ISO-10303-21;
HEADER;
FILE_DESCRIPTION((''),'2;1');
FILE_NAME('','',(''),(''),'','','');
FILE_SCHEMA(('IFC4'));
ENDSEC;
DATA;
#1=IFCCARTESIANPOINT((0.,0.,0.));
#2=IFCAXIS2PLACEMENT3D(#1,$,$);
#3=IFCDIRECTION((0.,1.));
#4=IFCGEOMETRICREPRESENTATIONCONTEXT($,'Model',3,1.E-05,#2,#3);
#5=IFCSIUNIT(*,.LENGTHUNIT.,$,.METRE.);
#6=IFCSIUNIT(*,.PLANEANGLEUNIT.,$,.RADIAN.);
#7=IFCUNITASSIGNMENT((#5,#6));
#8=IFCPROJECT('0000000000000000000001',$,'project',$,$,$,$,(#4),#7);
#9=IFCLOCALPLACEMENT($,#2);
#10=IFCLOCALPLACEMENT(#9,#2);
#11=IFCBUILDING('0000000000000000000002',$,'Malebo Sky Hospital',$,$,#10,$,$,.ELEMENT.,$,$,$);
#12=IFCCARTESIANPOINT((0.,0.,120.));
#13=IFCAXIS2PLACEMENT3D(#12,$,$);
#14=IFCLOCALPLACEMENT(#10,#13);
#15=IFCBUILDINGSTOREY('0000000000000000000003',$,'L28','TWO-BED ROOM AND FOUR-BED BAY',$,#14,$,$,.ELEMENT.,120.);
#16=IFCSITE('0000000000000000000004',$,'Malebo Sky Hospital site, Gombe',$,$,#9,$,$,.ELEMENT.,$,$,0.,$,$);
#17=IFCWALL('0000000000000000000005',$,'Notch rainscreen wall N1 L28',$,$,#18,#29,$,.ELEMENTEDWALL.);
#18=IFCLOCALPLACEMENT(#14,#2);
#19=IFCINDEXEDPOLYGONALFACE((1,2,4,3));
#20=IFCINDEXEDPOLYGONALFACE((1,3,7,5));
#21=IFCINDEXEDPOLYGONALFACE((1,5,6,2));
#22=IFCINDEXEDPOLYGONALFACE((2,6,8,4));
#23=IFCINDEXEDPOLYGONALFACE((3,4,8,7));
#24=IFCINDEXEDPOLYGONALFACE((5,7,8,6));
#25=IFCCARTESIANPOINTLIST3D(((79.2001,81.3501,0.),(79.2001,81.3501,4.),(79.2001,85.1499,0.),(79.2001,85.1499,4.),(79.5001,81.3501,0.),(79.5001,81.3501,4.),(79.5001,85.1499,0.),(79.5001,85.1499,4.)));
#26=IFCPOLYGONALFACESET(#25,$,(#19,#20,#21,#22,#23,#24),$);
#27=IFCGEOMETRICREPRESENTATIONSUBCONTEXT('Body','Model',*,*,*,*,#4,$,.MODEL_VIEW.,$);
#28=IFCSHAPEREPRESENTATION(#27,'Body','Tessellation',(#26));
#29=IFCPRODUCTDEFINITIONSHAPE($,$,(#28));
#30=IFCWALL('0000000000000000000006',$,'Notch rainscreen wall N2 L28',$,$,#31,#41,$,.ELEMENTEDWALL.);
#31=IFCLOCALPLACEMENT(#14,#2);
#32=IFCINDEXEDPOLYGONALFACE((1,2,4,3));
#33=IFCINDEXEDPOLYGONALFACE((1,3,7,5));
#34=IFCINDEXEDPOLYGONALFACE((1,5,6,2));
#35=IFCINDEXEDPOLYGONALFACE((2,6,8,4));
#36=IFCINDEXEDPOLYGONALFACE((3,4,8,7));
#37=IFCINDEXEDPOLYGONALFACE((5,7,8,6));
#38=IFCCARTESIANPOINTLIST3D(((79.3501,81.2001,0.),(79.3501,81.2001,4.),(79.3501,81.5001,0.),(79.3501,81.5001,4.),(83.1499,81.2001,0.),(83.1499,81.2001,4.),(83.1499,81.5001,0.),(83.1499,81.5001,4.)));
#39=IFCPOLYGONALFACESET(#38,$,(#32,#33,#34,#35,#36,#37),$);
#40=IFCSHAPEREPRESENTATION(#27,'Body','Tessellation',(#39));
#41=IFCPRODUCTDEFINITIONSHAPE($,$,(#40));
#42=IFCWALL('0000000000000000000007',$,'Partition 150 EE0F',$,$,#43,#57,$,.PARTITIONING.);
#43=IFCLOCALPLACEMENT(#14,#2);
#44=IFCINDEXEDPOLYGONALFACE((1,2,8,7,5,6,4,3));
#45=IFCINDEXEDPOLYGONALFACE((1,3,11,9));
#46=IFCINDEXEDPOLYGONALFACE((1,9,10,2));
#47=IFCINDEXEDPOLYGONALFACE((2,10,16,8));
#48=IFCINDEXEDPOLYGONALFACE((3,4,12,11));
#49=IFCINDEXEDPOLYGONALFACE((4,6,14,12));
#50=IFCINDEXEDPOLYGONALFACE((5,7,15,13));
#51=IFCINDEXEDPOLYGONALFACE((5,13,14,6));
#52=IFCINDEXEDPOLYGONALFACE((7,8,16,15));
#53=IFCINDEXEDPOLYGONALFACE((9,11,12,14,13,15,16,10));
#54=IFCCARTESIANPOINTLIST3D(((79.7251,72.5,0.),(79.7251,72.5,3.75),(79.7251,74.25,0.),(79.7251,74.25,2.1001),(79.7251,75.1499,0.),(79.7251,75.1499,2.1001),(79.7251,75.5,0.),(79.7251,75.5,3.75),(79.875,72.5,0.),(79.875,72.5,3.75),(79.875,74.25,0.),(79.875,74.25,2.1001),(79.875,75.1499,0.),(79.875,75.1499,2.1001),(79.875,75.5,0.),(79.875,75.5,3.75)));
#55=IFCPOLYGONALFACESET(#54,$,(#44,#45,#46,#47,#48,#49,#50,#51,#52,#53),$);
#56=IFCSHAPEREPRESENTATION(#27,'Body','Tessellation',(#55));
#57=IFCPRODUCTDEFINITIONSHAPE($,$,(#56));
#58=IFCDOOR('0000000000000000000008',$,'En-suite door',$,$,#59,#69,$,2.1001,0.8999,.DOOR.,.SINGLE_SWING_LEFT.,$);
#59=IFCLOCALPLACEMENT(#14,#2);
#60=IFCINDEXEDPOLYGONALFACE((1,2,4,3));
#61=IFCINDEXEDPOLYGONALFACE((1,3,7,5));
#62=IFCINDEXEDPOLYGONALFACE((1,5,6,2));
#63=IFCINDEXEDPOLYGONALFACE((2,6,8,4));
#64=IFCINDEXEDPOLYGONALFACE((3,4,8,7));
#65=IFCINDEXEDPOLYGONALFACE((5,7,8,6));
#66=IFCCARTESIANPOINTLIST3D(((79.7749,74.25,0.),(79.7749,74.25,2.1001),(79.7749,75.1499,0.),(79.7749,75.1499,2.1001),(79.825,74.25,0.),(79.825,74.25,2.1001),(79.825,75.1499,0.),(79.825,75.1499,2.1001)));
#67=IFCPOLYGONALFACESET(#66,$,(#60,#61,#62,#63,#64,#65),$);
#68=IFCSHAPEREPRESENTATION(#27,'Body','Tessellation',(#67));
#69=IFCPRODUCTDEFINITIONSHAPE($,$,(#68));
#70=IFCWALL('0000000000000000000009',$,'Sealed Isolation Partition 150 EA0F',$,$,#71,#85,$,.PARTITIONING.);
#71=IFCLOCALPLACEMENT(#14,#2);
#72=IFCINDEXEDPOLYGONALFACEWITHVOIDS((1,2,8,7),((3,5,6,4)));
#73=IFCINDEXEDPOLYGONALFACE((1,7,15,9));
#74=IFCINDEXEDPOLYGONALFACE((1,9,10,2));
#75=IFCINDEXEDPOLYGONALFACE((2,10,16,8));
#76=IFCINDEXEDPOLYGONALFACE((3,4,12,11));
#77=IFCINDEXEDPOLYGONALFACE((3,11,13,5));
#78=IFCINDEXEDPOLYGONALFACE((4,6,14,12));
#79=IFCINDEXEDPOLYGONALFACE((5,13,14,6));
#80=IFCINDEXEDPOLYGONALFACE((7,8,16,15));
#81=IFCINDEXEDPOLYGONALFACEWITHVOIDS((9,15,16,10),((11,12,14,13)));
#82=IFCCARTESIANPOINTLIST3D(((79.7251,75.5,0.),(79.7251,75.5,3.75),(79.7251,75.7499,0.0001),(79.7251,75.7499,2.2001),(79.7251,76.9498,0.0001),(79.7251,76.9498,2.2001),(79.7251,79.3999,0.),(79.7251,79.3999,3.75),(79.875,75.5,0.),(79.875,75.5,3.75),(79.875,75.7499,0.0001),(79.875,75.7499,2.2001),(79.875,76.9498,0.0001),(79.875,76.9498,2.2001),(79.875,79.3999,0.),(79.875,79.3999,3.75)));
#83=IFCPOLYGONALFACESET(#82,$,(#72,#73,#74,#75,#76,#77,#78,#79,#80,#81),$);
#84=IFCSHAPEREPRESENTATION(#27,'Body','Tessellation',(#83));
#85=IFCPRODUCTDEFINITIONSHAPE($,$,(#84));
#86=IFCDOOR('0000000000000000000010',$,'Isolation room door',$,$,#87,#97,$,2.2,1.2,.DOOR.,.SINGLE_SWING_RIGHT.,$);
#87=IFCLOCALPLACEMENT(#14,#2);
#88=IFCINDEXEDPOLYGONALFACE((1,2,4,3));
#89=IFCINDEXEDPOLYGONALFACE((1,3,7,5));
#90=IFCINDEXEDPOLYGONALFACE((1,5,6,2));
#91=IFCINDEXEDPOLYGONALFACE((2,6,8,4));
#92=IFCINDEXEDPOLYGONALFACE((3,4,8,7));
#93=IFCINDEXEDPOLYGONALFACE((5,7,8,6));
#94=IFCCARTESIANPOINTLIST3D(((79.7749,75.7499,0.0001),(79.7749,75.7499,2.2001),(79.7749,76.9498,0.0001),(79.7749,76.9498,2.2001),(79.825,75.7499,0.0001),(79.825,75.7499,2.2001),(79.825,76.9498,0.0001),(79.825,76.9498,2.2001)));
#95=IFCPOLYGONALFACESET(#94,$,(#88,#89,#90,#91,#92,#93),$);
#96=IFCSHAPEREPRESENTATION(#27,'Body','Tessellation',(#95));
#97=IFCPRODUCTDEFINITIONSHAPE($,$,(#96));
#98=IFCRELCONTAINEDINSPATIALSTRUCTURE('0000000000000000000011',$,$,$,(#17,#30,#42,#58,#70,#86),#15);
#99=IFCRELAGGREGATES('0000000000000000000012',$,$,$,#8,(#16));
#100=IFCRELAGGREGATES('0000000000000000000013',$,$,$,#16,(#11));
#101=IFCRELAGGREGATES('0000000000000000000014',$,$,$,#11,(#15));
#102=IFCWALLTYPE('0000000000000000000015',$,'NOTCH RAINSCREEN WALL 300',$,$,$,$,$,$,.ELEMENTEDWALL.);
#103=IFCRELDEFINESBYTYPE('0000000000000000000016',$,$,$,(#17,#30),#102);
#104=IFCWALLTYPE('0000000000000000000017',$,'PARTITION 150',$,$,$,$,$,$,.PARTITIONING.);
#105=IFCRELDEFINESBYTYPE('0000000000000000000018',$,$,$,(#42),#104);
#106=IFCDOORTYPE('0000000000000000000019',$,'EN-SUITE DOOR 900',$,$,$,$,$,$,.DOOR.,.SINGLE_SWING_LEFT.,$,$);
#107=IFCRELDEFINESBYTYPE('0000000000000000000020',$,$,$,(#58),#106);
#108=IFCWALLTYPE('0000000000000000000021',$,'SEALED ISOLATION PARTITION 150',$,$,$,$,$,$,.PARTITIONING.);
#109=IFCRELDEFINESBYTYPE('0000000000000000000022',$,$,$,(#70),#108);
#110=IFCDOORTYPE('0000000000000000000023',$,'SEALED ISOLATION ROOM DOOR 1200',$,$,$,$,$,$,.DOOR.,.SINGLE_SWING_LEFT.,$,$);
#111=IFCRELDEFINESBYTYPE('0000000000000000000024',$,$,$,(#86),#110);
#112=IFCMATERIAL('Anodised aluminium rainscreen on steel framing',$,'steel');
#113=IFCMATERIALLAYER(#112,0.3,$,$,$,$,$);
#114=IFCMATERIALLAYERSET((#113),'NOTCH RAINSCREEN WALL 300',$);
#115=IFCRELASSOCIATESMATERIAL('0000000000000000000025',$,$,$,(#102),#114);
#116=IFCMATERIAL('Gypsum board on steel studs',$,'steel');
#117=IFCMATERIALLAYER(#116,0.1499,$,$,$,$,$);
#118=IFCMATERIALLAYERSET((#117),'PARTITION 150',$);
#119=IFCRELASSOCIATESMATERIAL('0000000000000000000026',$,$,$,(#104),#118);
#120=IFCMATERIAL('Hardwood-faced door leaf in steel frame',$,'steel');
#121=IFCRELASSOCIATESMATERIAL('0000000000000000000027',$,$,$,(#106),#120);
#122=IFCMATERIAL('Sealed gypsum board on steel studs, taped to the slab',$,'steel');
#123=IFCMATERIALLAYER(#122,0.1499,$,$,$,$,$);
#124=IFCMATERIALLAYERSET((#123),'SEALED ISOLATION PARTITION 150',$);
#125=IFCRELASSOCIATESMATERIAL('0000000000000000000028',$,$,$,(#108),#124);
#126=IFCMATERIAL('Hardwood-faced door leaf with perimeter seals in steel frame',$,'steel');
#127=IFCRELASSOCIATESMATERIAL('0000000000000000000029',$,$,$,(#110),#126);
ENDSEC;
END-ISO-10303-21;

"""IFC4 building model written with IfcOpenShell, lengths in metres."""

from ifc_helpers import new_model, si_unit, direction, frame, frame_2d, origin, place, context, subcontext, project, spatial, rectangle, extrude, material, layer, layer_set, type_object, element, fill, save


model = new_model("IFC4")

# Units and contexts
model_context = context("Model", 3, precision=1e-05, world=origin(), true_north=direction((0.0, 1.0)))
body_context = subcontext(model_context, "Body", "Model", "MODEL_VIEW")
ifc_project = project(units=[si_unit("LENGTHUNIT", "METRE"), si_unit("PLANEANGLEUNIT", "RADIAN")], contexts=[model_context])

# Site, building, storey
site_placement = place(None, origin())
site = spatial("IfcSite", under=ifc_project, at=site_placement, Name="Malebo Sky Hospital site, Gombe", CompositionType="ELEMENT", RefElevation=0.0)
building_placement = place(site_placement, origin())
building = spatial("IfcBuilding", under=site, at=building_placement, Name="Malebo Sky Hospital", CompositionType="ELEMENT")
storey_placement = place(building_placement, frame((0.0, 0.0, 120.0)))
storey = spatial("IfcBuildingStorey", under=building, at=storey_placement, Name="L28", Description="TWO-BED ROOM AND FOUR-BED BAY", CompositionType="ELEMENT", Elevation=120.0)

# Walls
ifc_material_1 = material(Name="Anodised aluminium rainscreen on steel framing", Category="steel")
ifc_layer_1 = layer(ifc_material_1, 0.3)
ifc_layer_set_1 = layer_set([ifc_layer_1], Name="NOTCH RAINSCREEN WALL 300")
wall_type_1 = type_object("IfcWallType", Name="NOTCH RAINSCREEN WALL 300", PredefinedType="ELEMENTEDWALL", material=ifc_layer_set_1)
for number, where, z_axis, x_axis, name in (
    (1, (79.3501, 85.1499, 0.0), (0.0, 0.0, 1.0), (0.0, -1.0, 0.0), "Notch rainscreen wall N1 L28"),
    (2, (79.3501, 81.3501, 0.0), (0.0, 0.0, 1.0), (1.0, 0.0, 0.0), "Notch rainscreen wall N2 L28"),
):
    element("IfcWall", number, at=place(storey_placement, frame(where, z_axis=z_axis, x_axis=x_axis)), inside=storey, type_object=wall_type_1, Name=name, PredefinedType="ELEMENTEDWALL", context=body_context, shape_type="SweptSolid", body=[
        extrude(rectangle(XDim=3.7998, YDim=0.3, at=frame_2d((1.8999, 0.0))), origin(), (0.0, 0.0, 1.0), 4.0),
    ])

# Walls, openings, doors
ifc_material_2 = material(Name="Gypsum board on steel studs", Category="steel")
ifc_layer_2 = layer(ifc_material_2, 0.1499)
ifc_layer_set_2 = layer_set([ifc_layer_2], Name="PARTITION 150")
wall_type_2 = type_object("IfcWallType", Name="PARTITION 150", PredefinedType="PARTITIONING", material=ifc_layer_set_2)
wall_1_placement = place(storey_placement, frame((79.8, 75.5, 0.0), z_axis=(0.0, 0.0, 1.0), x_axis=(0.0, -1.0, 0.0)))
wall_1 = element("IfcWall", 3, at=wall_1_placement, inside=storey, type_object=wall_type_2, Name="Partition 150 EE0F", PredefinedType="PARTITIONING", context=body_context, shape_type="SweptSolid", body=[
    extrude(rectangle(XDim=3.0, YDim=0.1499, at=frame_2d((1.5, 0.0))), origin(), (0.0, 0.0, 1.0), 3.75),
])
opening_1_placement = place(wall_1_placement, frame((0.3501, 0.0, 0.0)))
opening_1 = element("IfcOpeningElement", 4, at=opening_1_placement, cuts=wall_1, PredefinedType="OPENING", context=body_context, shape_type="SweptSolid", body=[
    extrude(rectangle(XDim=0.8999, YDim=2.1001, at=frame_2d((0.45, 1.05))), frame((0.0, 0.085, 0.0), z_axis=(0.0, -1.0, 0.0), x_axis=(1.0, 0.0, 0.0)), (0.0, 0.0, 1.0), 0.1699),
])
ifc_material_3 = material(Name="Hardwood-faced door leaf in steel frame", Category="steel")
door_type_1 = type_object("IfcDoorType", Name="EN-SUITE DOOR 900", OperationType="SINGLE_SWING_LEFT", PredefinedType="DOOR", material=ifc_material_3)
door_1_placement = place(opening_1_placement, origin())
door_1 = element("IfcDoor", 5, at=door_1_placement, inside=storey, type_object=door_type_1, Name="En-suite door", OperationType="SINGLE_SWING_LEFT", OverallHeight=2.1001, OverallWidth=0.8999, PredefinedType="DOOR", context=body_context, shape_type="SweptSolid", body=[
    extrude(rectangle(XDim=0.8999, YDim=2.1001, at=frame_2d((0.45, 1.05))), frame((0.0, 0.0249, 0.0), z_axis=(0.0, -1.0, 0.0), x_axis=(1.0, 0.0, 0.0)), (0.0, 0.0, 1.0), 0.05),
])
fill(opening_1, door_1)
ifc_material_4 = material(Name="Sealed gypsum board on steel studs, taped to the slab", Category="steel")
ifc_layer_3 = layer(ifc_material_4, 0.1499)
ifc_layer_set_3 = layer_set([ifc_layer_3], Name="SEALED ISOLATION PARTITION 150")
wall_type_3 = type_object("IfcWallType", Name="SEALED ISOLATION PARTITION 150", PredefinedType="PARTITIONING", material=ifc_layer_set_3)
wall_2_placement = place(storey_placement, frame((79.8, 79.3999, 0.0), z_axis=(0.0, 0.0, 1.0), x_axis=(0.0, -1.0, 0.0)))
wall_2 = element("IfcWall", 6, at=wall_2_placement, inside=storey, type_object=wall_type_3, Name="Sealed Isolation Partition 150 EA0F", PredefinedType="PARTITIONING", context=body_context, shape_type="SweptSolid", body=[
    extrude(rectangle(XDim=3.8999, YDim=0.1499, at=frame_2d((1.95, 0.0))), origin(), (0.0, 0.0, 1.0), 3.75),
])
opening_2_placement = place(wall_2_placement, frame((2.45, 0.0, 0.0)))
opening_2 = element("IfcOpeningElement", 7, at=opening_2_placement, cuts=wall_2, PredefinedType="OPENING", context=body_context, shape_type="SweptSolid", body=[
    extrude(rectangle(XDim=1.2, YDim=2.2, at=frame_2d((0.6001, 1.1001))), frame((0.0, 0.085, 0.0), z_axis=(0.0, -1.0, 0.0), x_axis=(1.0, 0.0, 0.0)), (0.0, 0.0, 1.0), 0.1699),
])
ifc_material_5 = material(Name="Hardwood-faced door leaf with perimeter seals in steel frame", Category="steel")
door_type_2 = type_object("IfcDoorType", Name="SEALED ISOLATION ROOM DOOR 1200", OperationType="SINGLE_SWING_LEFT", PredefinedType="DOOR", material=ifc_material_5)
door_2_placement = place(opening_2_placement, origin())
door_2 = element("IfcDoor", 8, at=door_2_placement, inside=storey, type_object=door_type_2, Name="Isolation room door", OperationType="SINGLE_SWING_RIGHT", OverallHeight=2.2, OverallWidth=1.2, PredefinedType="DOOR", context=body_context, shape_type="SweptSolid", body=[
    extrude(rectangle(XDim=1.2, YDim=2.2, at=frame_2d((0.6001, 1.1001))), frame((0.0, 0.0249, 0.0), z_axis=(0.0, -1.0, 0.0), x_axis=(1.0, 0.0, 0.0)), (0.0, 0.0, 1.0), 0.05),
])
fill(opening_2, door_2)

save(model, "model.ifc")
